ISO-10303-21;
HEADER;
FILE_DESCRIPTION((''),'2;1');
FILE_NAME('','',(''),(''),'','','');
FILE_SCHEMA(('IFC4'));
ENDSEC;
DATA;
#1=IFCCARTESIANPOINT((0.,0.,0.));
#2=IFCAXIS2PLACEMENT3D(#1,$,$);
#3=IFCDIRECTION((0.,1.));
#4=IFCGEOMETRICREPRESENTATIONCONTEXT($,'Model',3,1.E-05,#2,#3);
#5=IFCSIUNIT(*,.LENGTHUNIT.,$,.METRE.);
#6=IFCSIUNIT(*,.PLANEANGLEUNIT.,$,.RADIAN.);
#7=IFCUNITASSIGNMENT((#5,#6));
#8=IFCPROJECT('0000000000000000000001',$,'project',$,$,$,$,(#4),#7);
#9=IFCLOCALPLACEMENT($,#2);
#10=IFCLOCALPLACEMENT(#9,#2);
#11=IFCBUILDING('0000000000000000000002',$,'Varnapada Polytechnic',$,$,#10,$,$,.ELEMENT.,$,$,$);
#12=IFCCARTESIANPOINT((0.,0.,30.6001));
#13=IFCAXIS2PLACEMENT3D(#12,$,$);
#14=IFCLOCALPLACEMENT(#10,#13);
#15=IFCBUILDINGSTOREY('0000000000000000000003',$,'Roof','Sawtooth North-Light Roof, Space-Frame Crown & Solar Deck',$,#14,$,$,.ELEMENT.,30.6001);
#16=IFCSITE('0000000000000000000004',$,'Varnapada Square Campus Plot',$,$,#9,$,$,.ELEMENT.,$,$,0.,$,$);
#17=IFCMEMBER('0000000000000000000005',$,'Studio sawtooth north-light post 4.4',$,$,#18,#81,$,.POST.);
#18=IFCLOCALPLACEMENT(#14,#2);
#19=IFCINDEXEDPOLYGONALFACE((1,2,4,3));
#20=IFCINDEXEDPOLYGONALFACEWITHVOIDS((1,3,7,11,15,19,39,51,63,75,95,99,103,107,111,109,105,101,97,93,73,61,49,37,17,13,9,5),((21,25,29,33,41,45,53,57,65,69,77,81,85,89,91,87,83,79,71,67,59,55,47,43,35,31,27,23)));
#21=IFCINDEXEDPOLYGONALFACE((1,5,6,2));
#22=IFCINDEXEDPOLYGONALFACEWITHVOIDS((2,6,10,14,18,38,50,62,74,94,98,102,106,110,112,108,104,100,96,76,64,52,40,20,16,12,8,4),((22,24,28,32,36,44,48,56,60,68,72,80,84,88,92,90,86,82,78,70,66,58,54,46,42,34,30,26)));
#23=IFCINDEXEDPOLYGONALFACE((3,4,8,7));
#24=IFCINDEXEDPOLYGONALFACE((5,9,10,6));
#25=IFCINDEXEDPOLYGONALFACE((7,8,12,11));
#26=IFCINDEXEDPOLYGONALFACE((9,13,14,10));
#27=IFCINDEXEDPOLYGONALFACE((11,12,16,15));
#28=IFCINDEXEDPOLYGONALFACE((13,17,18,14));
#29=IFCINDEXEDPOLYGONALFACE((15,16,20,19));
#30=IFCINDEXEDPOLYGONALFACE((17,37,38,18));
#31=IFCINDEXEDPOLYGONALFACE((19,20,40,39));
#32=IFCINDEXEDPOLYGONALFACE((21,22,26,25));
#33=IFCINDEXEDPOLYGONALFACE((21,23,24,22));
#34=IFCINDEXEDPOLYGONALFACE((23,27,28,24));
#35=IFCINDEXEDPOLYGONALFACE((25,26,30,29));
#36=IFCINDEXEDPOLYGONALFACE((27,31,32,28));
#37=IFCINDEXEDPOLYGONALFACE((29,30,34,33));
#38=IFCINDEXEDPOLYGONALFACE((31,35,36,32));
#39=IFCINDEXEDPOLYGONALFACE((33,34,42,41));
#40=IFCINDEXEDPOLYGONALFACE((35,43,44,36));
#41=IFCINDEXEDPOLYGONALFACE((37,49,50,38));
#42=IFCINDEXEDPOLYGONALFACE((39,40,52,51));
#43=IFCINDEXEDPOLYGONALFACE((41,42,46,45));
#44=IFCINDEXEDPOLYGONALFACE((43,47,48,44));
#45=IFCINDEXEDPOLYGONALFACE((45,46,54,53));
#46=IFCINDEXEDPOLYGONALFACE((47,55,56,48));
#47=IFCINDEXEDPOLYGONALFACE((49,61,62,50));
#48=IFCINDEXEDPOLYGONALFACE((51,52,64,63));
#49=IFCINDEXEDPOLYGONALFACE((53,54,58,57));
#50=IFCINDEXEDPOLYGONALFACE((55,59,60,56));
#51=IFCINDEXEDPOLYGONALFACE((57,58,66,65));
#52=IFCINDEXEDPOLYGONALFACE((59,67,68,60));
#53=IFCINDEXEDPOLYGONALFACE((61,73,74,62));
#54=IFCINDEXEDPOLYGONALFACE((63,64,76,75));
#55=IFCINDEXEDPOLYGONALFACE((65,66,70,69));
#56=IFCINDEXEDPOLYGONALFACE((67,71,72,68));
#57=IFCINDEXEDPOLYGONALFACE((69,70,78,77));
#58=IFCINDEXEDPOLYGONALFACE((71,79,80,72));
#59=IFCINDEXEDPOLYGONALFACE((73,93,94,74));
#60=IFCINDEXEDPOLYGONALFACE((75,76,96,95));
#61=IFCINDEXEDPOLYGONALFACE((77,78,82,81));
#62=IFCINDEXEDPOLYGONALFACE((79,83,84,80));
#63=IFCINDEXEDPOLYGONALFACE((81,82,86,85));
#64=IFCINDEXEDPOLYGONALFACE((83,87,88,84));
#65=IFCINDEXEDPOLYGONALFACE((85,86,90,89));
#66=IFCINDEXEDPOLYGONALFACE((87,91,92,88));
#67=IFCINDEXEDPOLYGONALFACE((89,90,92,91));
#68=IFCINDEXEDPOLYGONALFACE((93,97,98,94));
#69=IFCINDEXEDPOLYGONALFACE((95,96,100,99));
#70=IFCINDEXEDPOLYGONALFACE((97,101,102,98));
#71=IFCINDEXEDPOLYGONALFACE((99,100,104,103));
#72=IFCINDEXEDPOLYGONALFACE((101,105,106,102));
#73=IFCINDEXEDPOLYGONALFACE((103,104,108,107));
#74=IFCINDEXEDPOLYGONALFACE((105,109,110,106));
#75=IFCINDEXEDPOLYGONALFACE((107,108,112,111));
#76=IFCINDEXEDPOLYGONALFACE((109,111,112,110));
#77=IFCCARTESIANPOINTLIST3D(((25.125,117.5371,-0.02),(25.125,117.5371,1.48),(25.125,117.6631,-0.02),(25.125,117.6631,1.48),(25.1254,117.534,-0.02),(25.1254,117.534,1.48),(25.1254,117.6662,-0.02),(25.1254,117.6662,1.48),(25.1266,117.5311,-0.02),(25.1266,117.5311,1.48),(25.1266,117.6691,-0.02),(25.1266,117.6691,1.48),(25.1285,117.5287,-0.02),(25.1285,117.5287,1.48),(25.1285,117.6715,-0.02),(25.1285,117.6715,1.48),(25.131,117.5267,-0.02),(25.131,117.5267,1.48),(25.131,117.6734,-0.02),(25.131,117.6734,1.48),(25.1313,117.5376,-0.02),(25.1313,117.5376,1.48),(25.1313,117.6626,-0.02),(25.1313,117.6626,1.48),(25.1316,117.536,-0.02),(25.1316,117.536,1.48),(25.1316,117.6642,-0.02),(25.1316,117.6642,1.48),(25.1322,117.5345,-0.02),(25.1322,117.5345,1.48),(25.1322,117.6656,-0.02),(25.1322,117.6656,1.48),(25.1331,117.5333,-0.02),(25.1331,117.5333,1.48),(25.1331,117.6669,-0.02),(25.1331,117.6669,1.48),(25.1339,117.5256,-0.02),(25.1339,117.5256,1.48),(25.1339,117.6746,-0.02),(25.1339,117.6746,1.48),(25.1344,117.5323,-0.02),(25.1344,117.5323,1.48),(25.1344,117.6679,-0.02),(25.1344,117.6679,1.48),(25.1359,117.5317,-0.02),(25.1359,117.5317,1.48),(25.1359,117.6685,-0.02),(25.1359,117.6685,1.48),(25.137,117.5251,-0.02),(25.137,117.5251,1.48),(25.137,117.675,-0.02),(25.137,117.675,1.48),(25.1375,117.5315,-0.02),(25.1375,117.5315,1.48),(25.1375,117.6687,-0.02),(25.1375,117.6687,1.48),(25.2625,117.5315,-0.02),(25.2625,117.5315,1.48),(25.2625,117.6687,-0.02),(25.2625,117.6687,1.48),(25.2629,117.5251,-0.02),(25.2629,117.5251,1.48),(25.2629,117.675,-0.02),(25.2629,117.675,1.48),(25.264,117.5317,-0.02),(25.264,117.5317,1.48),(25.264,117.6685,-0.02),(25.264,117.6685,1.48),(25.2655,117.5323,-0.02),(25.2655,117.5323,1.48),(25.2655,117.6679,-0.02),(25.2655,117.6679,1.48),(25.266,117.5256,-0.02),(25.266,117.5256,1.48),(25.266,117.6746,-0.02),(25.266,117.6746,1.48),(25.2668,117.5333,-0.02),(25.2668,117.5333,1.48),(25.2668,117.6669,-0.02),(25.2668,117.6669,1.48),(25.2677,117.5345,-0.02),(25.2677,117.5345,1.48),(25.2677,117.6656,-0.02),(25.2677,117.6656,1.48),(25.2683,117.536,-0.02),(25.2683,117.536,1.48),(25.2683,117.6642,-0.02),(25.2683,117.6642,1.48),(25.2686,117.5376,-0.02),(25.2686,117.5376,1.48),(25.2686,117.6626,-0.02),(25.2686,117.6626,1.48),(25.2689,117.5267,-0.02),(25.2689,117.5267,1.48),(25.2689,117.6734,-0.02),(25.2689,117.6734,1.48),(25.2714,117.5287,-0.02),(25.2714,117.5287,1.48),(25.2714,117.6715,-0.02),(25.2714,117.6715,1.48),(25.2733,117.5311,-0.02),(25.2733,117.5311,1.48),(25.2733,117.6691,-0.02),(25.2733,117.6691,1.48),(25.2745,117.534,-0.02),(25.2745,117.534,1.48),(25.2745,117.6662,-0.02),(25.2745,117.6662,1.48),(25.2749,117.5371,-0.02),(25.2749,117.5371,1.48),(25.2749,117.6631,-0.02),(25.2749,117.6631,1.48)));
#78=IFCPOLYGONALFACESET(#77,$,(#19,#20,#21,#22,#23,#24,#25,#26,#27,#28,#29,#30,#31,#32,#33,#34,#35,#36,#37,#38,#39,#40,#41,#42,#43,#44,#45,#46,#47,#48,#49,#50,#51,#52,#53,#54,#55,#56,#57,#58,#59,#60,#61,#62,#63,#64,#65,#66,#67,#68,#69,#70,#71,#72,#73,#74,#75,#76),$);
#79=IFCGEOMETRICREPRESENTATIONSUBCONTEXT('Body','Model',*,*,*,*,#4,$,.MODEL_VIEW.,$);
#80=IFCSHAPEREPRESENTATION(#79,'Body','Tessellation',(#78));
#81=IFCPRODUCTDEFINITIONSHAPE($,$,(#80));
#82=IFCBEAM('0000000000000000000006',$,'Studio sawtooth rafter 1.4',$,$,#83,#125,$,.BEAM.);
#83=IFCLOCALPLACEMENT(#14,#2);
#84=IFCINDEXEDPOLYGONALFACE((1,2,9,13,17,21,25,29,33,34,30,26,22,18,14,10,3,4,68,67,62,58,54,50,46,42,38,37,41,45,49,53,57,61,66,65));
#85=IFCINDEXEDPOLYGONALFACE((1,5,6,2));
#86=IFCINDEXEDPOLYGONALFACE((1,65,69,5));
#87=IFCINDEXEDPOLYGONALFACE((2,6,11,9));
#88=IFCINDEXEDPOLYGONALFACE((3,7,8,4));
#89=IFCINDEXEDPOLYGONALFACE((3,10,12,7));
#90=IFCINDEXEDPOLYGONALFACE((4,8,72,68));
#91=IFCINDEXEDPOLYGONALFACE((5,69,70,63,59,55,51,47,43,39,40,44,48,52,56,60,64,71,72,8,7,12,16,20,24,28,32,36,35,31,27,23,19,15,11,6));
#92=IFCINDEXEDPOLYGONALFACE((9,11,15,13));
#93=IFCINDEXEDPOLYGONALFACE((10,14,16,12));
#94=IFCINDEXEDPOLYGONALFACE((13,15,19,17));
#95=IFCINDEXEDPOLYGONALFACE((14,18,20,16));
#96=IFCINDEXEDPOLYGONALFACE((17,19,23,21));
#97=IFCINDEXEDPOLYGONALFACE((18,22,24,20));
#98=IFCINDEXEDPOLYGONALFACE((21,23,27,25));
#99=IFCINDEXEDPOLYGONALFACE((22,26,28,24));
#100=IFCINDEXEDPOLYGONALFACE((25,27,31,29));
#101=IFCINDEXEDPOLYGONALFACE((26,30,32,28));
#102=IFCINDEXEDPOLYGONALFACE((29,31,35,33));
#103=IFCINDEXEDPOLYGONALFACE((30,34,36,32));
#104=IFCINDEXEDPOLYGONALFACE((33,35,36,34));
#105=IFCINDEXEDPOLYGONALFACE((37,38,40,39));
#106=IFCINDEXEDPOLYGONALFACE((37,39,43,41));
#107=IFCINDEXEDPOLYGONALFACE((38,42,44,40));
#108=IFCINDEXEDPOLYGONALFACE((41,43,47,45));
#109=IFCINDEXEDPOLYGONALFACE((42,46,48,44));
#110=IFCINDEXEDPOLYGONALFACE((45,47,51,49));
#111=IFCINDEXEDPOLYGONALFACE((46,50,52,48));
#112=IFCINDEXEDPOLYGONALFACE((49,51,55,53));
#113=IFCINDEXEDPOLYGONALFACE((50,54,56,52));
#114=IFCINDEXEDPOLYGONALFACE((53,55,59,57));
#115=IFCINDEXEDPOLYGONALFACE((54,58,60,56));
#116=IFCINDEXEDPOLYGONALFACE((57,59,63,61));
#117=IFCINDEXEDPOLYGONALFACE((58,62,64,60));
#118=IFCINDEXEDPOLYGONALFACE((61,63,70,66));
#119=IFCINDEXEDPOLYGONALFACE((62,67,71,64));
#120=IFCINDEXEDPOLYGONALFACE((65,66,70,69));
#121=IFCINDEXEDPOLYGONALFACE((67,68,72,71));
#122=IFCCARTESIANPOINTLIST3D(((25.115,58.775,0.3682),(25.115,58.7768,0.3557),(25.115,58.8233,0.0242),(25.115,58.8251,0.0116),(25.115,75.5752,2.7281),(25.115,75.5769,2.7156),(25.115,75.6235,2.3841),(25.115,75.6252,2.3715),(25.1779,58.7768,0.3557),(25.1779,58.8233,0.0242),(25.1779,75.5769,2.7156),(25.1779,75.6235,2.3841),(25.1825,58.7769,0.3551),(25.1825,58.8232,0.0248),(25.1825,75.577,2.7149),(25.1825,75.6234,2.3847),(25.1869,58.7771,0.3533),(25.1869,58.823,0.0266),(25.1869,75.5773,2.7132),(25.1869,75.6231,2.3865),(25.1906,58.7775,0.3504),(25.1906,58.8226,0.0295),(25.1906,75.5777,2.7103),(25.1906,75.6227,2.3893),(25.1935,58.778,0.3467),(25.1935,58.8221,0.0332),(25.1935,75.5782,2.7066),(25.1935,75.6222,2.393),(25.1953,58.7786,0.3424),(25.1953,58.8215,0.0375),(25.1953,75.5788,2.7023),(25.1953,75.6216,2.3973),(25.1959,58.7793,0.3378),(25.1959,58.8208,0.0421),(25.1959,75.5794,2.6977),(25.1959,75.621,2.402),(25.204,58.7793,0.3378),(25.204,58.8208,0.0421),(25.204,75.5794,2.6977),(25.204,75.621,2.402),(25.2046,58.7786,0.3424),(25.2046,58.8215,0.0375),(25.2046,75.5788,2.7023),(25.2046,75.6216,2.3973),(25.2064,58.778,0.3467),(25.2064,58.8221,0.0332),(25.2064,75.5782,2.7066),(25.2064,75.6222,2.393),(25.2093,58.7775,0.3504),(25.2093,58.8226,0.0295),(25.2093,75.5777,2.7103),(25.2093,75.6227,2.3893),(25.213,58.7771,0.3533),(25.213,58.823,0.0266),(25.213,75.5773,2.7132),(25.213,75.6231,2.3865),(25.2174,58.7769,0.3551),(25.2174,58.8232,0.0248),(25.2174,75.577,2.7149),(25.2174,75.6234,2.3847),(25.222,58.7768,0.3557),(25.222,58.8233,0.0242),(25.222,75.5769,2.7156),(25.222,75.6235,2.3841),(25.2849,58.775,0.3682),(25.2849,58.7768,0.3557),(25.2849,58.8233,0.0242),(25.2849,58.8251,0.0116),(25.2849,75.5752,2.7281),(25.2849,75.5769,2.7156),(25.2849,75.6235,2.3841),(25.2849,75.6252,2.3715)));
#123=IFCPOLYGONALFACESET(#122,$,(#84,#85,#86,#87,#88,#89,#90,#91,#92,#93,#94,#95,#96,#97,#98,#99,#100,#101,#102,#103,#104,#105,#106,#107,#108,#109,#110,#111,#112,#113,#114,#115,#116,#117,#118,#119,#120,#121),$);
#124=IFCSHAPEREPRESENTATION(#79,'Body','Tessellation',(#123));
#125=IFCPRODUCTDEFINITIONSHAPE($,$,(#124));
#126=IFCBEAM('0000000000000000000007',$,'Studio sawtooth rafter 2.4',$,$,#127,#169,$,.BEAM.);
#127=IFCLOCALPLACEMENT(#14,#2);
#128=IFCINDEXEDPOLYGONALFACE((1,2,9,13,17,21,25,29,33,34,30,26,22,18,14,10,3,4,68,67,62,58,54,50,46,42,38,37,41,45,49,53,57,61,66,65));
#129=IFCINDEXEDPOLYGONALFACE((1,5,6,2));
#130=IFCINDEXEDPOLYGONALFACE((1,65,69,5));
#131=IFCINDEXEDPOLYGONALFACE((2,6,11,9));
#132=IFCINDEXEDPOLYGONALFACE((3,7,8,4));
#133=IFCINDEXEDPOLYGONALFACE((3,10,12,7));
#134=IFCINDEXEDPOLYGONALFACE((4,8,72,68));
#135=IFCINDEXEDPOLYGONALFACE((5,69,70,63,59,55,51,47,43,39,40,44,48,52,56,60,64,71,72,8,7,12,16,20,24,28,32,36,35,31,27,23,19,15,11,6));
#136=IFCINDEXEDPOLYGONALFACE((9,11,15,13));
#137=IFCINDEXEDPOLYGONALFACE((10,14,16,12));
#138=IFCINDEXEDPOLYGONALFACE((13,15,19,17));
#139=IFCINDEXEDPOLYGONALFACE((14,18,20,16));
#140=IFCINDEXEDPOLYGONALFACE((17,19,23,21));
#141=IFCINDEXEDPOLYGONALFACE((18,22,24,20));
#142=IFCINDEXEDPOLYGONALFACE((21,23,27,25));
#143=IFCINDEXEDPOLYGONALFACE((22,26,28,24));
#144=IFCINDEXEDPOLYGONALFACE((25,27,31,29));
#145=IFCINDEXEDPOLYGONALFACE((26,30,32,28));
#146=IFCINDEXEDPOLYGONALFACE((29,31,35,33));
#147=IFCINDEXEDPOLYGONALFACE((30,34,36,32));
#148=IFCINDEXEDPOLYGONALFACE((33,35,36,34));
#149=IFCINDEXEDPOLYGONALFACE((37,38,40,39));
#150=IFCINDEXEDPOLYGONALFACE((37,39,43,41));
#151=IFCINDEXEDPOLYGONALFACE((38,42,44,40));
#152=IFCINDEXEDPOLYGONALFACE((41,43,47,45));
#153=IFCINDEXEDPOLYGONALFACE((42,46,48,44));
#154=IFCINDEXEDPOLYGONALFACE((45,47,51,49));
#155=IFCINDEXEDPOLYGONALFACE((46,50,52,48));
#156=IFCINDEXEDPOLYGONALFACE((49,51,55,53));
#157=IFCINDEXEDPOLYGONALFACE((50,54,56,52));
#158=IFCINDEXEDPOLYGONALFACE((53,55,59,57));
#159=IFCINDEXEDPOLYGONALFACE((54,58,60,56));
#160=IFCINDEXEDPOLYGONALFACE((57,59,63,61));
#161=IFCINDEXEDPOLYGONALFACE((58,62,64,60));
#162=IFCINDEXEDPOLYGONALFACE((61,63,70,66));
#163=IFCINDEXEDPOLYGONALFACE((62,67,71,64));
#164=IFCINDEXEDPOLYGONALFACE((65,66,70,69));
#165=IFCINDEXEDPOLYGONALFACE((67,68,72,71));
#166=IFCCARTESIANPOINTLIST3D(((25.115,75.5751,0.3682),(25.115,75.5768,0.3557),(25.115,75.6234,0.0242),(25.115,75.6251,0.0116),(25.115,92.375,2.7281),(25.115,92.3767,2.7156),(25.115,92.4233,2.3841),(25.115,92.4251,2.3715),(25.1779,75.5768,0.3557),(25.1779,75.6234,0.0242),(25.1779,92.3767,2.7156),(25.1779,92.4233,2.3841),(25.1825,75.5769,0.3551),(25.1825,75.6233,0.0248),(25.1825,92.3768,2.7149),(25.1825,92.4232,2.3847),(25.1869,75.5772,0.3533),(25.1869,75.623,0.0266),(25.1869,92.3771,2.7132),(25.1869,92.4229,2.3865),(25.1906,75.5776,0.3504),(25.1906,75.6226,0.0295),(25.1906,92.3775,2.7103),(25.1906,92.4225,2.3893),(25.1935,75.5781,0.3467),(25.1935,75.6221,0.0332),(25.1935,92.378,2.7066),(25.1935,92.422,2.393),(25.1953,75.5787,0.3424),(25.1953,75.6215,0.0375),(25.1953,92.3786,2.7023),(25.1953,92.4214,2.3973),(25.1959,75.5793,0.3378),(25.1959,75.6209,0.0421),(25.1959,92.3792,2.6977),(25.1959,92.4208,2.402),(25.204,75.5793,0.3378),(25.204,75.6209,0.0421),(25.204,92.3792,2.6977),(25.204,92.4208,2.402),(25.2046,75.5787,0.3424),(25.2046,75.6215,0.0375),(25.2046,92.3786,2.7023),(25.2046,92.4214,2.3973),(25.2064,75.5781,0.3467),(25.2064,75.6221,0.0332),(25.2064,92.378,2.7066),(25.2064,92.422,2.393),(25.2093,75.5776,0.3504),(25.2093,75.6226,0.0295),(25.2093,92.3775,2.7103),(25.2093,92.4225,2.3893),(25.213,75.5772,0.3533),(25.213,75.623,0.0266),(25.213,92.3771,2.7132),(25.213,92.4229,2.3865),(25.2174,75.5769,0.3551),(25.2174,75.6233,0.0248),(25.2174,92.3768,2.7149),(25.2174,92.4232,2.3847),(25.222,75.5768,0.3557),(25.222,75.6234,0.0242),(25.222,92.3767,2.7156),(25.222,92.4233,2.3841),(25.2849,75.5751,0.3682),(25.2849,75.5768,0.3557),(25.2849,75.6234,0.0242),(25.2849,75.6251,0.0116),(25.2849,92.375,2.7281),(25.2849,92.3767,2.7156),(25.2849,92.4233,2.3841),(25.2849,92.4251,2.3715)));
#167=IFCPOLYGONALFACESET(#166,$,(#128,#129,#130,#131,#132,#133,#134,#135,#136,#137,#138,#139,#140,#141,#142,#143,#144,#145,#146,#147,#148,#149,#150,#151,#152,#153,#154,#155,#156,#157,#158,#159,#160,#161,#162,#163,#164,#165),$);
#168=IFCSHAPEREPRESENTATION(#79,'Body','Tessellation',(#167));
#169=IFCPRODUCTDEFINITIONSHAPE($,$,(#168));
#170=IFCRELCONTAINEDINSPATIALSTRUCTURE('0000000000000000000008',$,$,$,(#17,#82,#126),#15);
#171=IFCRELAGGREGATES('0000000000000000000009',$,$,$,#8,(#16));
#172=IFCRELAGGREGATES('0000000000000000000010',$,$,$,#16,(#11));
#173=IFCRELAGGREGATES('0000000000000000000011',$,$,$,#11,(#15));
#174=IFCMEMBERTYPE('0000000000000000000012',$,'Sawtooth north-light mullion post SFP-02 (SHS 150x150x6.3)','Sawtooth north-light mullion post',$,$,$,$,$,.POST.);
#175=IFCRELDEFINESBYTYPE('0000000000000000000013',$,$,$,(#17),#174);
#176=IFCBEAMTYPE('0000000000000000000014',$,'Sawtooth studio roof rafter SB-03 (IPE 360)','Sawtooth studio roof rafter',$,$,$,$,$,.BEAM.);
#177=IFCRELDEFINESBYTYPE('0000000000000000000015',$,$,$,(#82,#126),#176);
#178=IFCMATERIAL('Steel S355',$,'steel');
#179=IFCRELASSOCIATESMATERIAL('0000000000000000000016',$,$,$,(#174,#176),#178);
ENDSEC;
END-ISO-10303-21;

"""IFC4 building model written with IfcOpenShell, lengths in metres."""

from ifc_helpers import new_model, si_unit, direction, frame, origin, origin_2d, place, context, subcontext, project, spatial, hollow_rectangle, i_section, extrude, material, material_profile, profile_set, type_object, element, save


model = new_model("IFC4")

# Units and contexts
model_context = context("Model", 3, precision=1e-05, world=origin(), true_north=direction((0.0, 1.0)))
body_context = subcontext(model_context, "Body", "Model", "MODEL_VIEW")
ifc_project = project(units=[si_unit("LENGTHUNIT", "METRE"), si_unit("PLANEANGLEUNIT", "RADIAN")], contexts=[model_context])

# Site, building, storey
site_placement = place(None, origin())
site = spatial("IfcSite", under=ifc_project, at=site_placement, Name="Varnapada Square Campus Plot", CompositionType="ELEMENT", RefElevation=0.0)
building_placement = place(site_placement, origin())
building = spatial("IfcBuilding", under=site, at=building_placement, Name="Varnapada Polytechnic", CompositionType="ELEMENT")
storey_placement = place(building_placement, frame((0.0, 0.0, 30.6001)))
storey = spatial("IfcBuildingStorey", under=building, at=storey_placement, Name="Roof", Description="Sawtooth North-Light Roof, Space-Frame Crown & Solar Deck", CompositionType="ELEMENT", Elevation=30.6001)

# Shared definitions
ifc_material = material(Name="Steel S355", Category="steel")

# Member
ifc_material_profile_1 = material_profile(ifc_material, hollow_rectangle(XDim=0.1499, YDim=0.1499, WallThickness=0.0063, InnerFilletRadius=0.0061, OuterFilletRadius=0.012, at=origin_2d()), Name="SHS 150x150x6.3")
ifc_profile_set_1 = profile_set([ifc_material_profile_1], Name="Steel S355")
member_type = type_object("IfcMemberType", Name="Sawtooth north-light mullion post SFP-02 (SHS 150x150x6.3)", Description="Sawtooth north-light mullion post", PredefinedType="POST", material=ifc_profile_set_1)
member_placement = place(storey_placement, frame((25.2, 117.6001, -0.02), z_axis=(0.0, 0.0, 1.0), x_axis=(1.0, 0.0, 0.0)))
element("IfcMember", 1, at=member_placement, inside=storey, type_object=member_type, Name="Studio sawtooth north-light post 4.4", PredefinedType="POST", context=body_context, shape_type="SweptSolid", body=[
    extrude(hollow_rectangle(XDim=0.1499, YDim=0.1499, WallThickness=0.0063, InnerFilletRadius=0.0061, OuterFilletRadius=0.012, at=origin_2d()), origin(), (0.0, 0.0, 1.0), 1.5),
])

# Beams
ifc_material_profile_2 = material_profile(ifc_material, i_section(OverallWidth=0.1699, OverallDepth=0.3601, WebThickness=0.0081, FlangeThickness=0.0127, FilletRadius=0.0181, at=origin_2d()), Name="IPE 360")
ifc_profile_set_2 = profile_set([ifc_material_profile_2], Name="Steel S355")
beam_type_1 = type_object("IfcBeamType", Name="Sawtooth studio roof rafter SB-03 (IPE 360)", Description="Sawtooth studio roof rafter", PredefinedType="BEAM", material=ifc_profile_set_2)
beam_1_placement = place(storey_placement, frame((25.2, 58.8, 0.1899), z_axis=(0.0, 0.990278, 0.139102), x_axis=(-1.0, 0.0, 0.0)))
element("IfcBeam", 2, at=beam_1_placement, inside=storey, type_object=beam_type_1, Name="Studio sawtooth rafter 1.4", PredefinedType="BEAM", context=body_context, shape_type="SweptSolid", body=[
    extrude(i_section(OverallWidth=0.1699, OverallDepth=0.3601, WebThickness=0.0081, FlangeThickness=0.0127, FilletRadius=0.0181, at=origin_2d()), origin(), (0.0, 0.0, 1.0), 16.9651),
])
beam_2_placement = place(storey_placement, frame((25.2, 75.6001, 0.1899), z_axis=(0.0, 0.990278, 0.139104), x_axis=(-1.0, 0.0, 0.0)))
element("IfcBeam", 3, at=beam_2_placement, inside=storey, type_object=beam_type_1, Name="Studio sawtooth rafter 2.4", PredefinedType="BEAM", context=body_context, shape_type="SweptSolid", body=[
    extrude(i_section(OverallWidth=0.1699, OverallDepth=0.3601, WebThickness=0.0081, FlangeThickness=0.0127, FilletRadius=0.0181, at=origin_2d()), origin(), (0.0, 0.0, 1.0), 16.9648),
])

save(model, "model.ifc")
